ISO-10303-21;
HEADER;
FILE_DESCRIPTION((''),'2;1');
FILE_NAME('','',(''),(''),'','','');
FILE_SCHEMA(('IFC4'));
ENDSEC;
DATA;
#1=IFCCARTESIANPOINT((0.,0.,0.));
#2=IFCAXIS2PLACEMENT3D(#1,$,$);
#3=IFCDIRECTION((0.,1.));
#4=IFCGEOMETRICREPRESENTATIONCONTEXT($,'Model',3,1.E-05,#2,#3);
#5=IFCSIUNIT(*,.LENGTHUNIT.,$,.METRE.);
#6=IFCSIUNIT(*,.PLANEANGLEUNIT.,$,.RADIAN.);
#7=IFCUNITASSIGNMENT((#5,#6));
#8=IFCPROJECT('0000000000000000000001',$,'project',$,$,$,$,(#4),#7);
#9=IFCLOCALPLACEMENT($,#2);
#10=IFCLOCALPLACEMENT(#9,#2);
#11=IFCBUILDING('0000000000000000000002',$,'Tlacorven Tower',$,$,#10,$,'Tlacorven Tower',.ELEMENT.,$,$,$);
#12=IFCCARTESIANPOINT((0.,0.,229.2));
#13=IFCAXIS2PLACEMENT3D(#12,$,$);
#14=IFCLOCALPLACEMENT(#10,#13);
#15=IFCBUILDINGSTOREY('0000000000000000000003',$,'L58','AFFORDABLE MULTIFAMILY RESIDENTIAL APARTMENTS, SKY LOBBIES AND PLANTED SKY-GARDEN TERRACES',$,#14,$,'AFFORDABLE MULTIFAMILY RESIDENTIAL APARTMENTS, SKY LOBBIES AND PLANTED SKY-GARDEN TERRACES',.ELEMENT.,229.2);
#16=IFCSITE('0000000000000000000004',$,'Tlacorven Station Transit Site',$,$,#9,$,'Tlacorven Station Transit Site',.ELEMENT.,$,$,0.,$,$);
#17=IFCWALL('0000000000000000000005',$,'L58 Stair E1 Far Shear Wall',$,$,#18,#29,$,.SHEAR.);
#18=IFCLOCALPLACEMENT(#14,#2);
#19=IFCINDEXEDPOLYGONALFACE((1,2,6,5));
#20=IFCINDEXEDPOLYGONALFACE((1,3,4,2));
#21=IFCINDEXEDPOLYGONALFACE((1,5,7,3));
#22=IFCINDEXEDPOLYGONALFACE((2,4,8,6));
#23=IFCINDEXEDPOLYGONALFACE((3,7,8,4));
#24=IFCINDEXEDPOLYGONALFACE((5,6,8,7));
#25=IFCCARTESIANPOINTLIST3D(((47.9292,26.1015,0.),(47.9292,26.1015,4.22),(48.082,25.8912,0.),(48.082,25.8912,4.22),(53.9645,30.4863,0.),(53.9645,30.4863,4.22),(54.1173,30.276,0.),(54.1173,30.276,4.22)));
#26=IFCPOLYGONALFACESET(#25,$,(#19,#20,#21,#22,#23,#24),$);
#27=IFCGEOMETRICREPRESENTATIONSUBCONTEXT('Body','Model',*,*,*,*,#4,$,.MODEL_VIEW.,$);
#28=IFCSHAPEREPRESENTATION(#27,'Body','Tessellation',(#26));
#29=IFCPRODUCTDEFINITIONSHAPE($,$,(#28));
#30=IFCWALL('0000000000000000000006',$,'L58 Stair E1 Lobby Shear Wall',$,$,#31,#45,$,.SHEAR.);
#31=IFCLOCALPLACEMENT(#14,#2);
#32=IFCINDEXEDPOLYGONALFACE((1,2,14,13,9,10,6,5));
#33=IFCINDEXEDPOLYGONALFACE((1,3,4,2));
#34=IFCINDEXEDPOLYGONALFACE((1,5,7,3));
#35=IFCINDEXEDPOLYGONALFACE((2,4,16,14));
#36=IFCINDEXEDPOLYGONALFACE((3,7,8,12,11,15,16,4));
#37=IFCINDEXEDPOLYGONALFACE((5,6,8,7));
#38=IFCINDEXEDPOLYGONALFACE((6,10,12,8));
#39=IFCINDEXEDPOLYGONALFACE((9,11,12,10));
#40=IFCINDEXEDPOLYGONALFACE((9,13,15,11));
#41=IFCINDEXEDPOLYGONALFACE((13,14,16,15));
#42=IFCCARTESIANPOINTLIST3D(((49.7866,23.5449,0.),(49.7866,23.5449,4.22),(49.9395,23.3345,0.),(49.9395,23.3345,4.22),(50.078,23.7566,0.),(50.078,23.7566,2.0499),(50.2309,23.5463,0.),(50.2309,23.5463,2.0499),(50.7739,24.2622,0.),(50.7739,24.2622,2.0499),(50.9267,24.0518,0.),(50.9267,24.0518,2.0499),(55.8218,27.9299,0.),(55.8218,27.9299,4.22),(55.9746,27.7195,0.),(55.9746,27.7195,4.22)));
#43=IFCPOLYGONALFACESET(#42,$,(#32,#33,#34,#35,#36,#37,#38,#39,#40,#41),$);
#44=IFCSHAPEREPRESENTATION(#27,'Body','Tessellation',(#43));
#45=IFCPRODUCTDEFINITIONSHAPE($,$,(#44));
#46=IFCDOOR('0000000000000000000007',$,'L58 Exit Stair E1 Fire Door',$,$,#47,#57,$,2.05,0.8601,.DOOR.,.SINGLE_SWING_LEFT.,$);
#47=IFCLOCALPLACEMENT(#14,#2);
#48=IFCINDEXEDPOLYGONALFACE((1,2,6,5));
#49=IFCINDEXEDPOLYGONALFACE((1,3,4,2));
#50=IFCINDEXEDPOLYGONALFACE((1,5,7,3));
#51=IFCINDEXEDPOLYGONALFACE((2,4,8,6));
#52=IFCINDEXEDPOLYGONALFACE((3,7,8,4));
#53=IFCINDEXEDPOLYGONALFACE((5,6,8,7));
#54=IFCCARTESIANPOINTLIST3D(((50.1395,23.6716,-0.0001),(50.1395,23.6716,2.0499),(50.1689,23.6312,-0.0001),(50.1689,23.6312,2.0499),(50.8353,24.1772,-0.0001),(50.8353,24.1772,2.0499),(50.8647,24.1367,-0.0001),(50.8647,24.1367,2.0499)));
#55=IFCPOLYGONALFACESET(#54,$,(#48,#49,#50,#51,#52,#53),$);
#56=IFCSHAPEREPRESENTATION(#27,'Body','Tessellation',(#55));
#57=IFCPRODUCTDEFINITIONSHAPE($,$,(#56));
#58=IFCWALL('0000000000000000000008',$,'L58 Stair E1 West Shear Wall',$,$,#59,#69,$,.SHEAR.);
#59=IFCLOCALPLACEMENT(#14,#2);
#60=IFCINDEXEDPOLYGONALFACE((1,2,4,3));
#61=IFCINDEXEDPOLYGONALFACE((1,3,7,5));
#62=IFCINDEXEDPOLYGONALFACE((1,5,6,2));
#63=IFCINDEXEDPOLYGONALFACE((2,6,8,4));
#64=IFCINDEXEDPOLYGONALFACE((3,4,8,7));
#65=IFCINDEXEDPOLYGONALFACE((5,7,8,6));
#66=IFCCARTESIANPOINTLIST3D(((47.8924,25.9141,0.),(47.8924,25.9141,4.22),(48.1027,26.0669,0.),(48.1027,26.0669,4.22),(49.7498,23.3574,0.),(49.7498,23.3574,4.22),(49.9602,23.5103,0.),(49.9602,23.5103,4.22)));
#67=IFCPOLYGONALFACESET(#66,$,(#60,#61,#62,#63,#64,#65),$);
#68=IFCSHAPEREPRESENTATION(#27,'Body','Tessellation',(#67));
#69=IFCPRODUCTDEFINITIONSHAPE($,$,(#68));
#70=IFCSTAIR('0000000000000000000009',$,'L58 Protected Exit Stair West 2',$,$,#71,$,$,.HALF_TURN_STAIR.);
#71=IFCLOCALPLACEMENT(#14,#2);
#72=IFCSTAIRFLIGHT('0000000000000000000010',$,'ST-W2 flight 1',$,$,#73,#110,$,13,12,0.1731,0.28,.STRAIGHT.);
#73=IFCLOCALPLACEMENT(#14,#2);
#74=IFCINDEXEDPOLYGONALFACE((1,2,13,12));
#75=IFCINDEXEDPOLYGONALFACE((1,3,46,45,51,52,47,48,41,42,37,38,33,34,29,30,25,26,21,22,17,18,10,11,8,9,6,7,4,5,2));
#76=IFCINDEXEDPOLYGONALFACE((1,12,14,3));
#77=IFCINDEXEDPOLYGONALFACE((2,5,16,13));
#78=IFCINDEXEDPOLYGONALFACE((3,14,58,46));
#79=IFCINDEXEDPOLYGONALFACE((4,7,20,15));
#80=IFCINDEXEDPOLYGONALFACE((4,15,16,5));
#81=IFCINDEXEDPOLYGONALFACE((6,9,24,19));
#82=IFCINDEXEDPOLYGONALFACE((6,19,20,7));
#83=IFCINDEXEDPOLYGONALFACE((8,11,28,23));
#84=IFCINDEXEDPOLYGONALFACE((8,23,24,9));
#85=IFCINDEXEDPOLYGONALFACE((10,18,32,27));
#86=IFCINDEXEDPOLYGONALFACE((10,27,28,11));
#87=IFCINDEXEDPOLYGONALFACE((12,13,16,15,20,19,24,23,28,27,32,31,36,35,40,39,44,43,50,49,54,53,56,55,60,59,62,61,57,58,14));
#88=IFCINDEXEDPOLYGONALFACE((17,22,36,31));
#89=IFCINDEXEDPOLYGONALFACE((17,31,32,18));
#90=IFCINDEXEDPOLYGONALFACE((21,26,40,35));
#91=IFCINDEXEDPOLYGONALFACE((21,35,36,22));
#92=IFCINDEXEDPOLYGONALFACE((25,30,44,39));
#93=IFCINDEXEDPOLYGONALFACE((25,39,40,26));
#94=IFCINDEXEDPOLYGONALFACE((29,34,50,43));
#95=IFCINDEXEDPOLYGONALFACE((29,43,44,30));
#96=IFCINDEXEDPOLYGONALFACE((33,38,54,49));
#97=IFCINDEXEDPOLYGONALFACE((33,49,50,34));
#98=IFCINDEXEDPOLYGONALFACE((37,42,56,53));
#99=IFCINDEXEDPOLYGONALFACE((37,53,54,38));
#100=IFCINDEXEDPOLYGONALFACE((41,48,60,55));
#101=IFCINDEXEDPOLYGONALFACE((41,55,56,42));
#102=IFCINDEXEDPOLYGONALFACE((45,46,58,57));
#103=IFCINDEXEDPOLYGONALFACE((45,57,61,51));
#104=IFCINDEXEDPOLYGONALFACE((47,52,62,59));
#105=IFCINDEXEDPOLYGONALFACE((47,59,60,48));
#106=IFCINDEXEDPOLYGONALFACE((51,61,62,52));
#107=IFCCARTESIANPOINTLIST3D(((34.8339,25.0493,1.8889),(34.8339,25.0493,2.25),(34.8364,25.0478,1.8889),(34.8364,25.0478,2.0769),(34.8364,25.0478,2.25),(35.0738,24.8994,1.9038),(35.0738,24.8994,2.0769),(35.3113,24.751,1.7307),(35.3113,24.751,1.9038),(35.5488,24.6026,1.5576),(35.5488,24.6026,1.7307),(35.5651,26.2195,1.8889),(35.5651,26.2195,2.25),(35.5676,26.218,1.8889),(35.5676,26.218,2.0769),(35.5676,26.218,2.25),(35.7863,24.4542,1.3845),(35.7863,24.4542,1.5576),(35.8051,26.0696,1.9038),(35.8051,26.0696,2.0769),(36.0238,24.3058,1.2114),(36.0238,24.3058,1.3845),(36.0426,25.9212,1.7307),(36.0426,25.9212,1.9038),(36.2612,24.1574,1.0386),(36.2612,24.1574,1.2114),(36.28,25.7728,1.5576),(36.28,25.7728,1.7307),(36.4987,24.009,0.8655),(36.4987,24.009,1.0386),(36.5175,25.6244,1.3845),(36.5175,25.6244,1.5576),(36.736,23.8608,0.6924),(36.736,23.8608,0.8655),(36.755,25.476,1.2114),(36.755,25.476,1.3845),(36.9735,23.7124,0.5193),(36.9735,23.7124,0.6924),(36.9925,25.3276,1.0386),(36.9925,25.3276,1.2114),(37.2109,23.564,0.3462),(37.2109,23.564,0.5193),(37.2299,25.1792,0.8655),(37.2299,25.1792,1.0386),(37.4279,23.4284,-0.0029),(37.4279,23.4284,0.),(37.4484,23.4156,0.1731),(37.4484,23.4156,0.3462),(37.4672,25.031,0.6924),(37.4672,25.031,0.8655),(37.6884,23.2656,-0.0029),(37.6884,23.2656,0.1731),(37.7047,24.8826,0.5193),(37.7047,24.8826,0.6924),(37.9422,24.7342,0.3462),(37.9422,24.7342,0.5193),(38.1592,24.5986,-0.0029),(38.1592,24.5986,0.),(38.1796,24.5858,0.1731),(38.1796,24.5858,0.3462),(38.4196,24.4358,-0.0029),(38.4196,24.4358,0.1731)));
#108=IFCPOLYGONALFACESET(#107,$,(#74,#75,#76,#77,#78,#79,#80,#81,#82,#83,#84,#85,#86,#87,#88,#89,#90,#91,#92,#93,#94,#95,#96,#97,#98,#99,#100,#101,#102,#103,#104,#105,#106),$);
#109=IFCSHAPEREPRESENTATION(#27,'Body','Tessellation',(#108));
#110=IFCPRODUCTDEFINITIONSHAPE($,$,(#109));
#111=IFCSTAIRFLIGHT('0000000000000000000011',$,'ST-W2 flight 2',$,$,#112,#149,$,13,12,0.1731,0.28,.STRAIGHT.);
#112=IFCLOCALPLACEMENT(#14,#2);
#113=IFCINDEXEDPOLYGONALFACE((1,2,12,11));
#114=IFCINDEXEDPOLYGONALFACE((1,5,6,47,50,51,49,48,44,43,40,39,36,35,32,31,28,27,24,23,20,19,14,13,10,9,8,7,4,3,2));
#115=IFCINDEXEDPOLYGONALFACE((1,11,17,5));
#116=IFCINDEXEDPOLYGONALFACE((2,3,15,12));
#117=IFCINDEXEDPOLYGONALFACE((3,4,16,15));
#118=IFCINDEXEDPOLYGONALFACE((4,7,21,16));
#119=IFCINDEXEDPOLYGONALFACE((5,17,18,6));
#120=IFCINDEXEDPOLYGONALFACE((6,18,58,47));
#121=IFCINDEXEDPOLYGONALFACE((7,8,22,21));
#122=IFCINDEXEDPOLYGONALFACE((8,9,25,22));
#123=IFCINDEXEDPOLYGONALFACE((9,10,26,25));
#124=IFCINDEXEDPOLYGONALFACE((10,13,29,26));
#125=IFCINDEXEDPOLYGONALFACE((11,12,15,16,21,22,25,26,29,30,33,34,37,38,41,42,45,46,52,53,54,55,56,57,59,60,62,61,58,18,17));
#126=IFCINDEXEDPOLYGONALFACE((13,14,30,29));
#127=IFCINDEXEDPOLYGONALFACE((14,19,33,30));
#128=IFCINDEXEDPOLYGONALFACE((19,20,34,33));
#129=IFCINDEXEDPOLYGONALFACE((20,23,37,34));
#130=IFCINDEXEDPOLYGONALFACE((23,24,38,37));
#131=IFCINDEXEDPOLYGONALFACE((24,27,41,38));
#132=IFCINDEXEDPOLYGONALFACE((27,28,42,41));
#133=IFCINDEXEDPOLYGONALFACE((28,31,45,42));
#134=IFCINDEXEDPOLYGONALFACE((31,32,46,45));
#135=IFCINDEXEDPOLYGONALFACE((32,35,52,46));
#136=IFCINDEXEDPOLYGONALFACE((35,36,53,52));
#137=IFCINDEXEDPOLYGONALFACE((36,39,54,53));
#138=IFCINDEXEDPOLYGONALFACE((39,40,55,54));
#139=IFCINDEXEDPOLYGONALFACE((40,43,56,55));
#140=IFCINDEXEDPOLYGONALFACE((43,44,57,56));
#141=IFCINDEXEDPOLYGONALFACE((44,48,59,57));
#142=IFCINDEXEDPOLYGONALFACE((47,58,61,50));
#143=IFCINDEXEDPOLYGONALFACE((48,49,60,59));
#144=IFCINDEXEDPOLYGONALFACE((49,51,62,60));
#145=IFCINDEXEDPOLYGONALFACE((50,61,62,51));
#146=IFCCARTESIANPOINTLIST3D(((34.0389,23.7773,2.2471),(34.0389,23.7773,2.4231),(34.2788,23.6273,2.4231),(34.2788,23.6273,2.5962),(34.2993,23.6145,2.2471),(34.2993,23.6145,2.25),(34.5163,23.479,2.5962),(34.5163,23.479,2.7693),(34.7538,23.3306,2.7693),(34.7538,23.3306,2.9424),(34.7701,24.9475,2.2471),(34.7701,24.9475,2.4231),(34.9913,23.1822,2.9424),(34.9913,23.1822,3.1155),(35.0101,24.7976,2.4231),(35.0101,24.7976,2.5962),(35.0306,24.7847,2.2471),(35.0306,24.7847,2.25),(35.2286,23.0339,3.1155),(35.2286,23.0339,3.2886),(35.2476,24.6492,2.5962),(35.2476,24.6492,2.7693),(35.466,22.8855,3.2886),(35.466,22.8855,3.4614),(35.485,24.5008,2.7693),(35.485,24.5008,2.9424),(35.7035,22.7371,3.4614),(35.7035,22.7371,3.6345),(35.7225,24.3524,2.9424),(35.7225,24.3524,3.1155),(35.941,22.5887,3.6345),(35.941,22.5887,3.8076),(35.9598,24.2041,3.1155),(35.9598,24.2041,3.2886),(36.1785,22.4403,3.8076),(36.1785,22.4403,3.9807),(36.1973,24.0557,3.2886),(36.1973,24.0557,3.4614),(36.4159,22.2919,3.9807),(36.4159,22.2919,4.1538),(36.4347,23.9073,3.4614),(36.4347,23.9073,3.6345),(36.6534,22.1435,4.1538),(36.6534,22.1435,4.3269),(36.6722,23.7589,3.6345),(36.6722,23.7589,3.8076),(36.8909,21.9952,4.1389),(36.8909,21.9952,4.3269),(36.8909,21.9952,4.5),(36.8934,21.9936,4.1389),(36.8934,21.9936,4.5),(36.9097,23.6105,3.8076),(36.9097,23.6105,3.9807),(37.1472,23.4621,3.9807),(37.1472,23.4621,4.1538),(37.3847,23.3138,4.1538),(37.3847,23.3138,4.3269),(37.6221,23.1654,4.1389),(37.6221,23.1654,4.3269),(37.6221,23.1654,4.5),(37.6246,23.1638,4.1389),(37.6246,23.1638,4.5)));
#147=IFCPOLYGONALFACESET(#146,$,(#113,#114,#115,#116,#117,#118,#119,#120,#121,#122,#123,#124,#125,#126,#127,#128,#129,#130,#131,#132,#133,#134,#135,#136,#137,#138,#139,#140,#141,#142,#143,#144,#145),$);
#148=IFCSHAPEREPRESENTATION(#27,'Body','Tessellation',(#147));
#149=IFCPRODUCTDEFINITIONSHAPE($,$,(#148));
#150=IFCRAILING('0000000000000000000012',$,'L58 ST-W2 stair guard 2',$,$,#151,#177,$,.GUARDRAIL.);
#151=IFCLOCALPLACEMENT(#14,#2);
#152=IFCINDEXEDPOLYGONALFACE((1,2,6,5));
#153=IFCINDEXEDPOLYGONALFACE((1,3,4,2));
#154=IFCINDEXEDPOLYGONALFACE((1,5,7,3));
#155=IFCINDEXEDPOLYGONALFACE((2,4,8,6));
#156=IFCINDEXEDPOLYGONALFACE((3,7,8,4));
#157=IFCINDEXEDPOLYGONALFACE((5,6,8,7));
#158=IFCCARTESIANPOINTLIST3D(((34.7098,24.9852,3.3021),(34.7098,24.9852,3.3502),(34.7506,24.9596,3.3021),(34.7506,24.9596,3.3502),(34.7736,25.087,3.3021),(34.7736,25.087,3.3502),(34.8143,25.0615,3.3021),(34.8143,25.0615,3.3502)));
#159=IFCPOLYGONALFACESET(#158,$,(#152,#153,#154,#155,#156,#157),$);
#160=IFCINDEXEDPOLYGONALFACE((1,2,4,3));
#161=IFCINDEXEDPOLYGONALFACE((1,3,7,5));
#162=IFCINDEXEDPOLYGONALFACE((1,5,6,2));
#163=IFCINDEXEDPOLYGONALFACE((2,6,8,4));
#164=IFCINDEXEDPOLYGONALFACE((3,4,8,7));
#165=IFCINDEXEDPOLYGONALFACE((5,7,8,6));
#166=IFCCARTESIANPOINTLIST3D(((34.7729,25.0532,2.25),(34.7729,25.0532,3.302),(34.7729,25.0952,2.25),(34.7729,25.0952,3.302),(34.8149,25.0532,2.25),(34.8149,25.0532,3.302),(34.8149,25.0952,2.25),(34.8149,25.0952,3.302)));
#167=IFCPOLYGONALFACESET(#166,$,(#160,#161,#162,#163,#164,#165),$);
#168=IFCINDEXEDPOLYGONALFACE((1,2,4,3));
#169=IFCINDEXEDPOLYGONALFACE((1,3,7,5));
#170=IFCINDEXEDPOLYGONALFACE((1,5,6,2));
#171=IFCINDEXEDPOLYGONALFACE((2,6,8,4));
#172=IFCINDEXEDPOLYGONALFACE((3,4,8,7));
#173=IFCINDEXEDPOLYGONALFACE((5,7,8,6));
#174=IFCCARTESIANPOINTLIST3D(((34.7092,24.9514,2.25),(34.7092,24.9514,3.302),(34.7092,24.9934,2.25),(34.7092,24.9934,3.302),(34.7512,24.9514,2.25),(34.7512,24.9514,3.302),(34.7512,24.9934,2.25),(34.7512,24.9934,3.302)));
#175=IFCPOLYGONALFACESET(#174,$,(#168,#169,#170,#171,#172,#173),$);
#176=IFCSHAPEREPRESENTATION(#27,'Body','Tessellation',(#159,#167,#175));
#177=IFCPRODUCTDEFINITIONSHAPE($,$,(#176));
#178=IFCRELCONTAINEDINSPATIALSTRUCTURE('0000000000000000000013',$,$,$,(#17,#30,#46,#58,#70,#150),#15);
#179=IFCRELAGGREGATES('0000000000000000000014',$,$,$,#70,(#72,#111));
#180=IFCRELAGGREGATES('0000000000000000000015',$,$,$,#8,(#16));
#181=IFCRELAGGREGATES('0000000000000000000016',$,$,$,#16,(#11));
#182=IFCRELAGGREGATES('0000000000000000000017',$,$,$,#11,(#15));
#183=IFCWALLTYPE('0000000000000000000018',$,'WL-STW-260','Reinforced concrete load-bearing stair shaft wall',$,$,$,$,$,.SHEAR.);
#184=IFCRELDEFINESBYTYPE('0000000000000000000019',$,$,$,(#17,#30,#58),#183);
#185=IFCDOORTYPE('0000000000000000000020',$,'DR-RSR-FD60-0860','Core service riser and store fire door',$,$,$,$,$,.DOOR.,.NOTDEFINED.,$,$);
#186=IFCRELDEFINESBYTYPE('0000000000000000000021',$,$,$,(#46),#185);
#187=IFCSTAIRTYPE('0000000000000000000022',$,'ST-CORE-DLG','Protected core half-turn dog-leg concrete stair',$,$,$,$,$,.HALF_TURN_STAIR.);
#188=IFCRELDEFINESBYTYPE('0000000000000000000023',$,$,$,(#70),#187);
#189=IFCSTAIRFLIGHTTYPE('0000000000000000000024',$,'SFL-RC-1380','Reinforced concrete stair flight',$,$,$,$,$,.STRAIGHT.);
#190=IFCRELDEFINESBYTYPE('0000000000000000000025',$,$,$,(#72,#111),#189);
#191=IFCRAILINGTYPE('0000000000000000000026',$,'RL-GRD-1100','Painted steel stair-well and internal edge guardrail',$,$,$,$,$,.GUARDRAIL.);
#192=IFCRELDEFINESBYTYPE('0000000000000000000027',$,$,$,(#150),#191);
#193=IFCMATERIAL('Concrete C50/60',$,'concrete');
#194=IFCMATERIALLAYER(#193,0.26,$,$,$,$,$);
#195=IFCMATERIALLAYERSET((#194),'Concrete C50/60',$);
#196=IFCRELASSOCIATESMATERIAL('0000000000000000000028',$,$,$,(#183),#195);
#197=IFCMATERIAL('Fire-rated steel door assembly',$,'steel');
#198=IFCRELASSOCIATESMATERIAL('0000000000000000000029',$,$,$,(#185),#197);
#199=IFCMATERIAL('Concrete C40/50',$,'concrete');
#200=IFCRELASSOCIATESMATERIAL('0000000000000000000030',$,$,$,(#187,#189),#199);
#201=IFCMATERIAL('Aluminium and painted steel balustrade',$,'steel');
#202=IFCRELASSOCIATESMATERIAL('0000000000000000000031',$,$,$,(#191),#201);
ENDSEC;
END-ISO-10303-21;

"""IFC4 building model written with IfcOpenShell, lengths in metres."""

from ifc_helpers import new_model, si_unit, direction, frame, frame_2d, origin, origin_2d, place, context, subcontext, project, spatial, polyline, rectangle, outline, extrude, source, transform, mapped, material, layer, layer_set, type_object, element, fill, aggregate, save


model = new_model("IFC4")

# Units and contexts
model_context = context("Model", 3, precision=1e-05, world=origin(), true_north=direction((0.0, 1.0)))
body_context = subcontext(model_context, "Body", "Model", "MODEL_VIEW")
ifc_project = project(units=[si_unit("LENGTHUNIT", "METRE"), si_unit("PLANEANGLEUNIT", "RADIAN")], contexts=[model_context])

# Site, building, storey
site_placement = place(None, origin())
site = spatial("IfcSite", under=ifc_project, at=site_placement, Name="Tlacorven Station Transit Site", LongName="Tlacorven Station Transit Site", CompositionType="ELEMENT", RefElevation=0.0)
building_placement = place(site_placement, origin())
building = spatial("IfcBuilding", under=site, at=building_placement, Name="Tlacorven Tower", LongName="Tlacorven Tower", CompositionType="ELEMENT")
storey_placement = place(building_placement, frame((0.0, 0.0, 229.2)))
storey = spatial("IfcBuildingStorey", under=building, at=storey_placement, Name="L58", Description="AFFORDABLE MULTIFAMILY RESIDENTIAL APARTMENTS, SKY LOBBIES AND PLANTED SKY-GARDEN TERRACES", LongName="AFFORDABLE MULTIFAMILY RESIDENTIAL APARTMENTS, SKY LOBBIES AND PLANTED SKY-GARDEN TERRACES", CompositionType="ELEMENT", Elevation=229.2)

# Wall
ifc_material_1 = material(Name="Concrete C50/60", Category="concrete")
ifc_material_2 = material(Name="Concrete C40/50", Category="concrete")
ifc_layer_1 = layer(ifc_material_1, 0.26)
ifc_layer_set_1 = layer_set([ifc_layer_1], Name="Concrete C50/60")
wall_type_1 = type_object("IfcWallType", Name="WL-STW-260", Description="Reinforced concrete load-bearing stair shaft wall", PredefinedType="SHEAR", material=ifc_layer_set_1)
wall_1_placement = place(storey_placement, frame((48.0056, 25.9963, 0.0), z_axis=(0.0, 0.0, 1.0), x_axis=(0.809019, 0.587782, 0.0)))
element("IfcWall", 1, at=wall_1_placement, inside=storey, type_object=wall_type_1, Name="L58 Stair E1 Far Shear Wall", PredefinedType="SHEAR", context=body_context, shape_type="SweptSolid", body=[
    extrude(rectangle(XDim=7.46, YDim=0.26, at=frame_2d((3.73, 0.0))), origin(), (0.0, 0.0, 1.0), 4.22),
])

# Wall, opening, door
wall_2_placement = place(storey_placement, frame((49.863, 23.4397, 0.0), z_axis=(0.0, 0.0, 1.0), x_axis=(0.809003, 0.587804, 0.0)))
wall_2 = element("IfcWall", 2, at=wall_2_placement, inside=storey, type_object=wall_type_1, Name="L58 Stair E1 Lobby Shear Wall", PredefinedType="SHEAR", context=body_context, shape_type="SweptSolid", body=[
    extrude(rectangle(XDim=7.46, YDim=0.26, at=frame_2d((3.73, 0.0))), origin(), (0.0, 0.0, 1.0), 4.22),
])
opening_placement = place(wall_2_placement, frame((0.3601, 0.0, 0.0)))
opening = element("IfcOpeningElement", 3, at=opening_placement, cuts=wall_2, PredefinedType="OPENING", context=body_context, shape_type="SweptSolid", body=[
    extrude(rectangle(XDim=0.8601, YDim=2.05, at=frame_2d((0.4302, 1.0249))), frame((0.0, 0.1401, 0.0), z_axis=(0.0, -1.0, 0.0), x_axis=(1.0, 0.0, 0.0)), (0.0, 0.0, 1.0), 0.28),
])
ifc_material_3 = material(Name="Fire-rated steel door assembly", Category="steel")
door_type = type_object("IfcDoorType", Name="DR-RSR-FD60-0860", Description="Core service riser and store fire door", OperationType="NOTDEFINED", PredefinedType="DOOR", material=ifc_material_3)
shared_shape_1 = source(origin(), body_context, "Body", "SweptSolid", [
    extrude(rectangle(XDim=0.8601, YDim=2.05, at=frame_2d((0.4302, 1.0249))), frame((0.0, 0.0249, 0.0), z_axis=(0.0, -1.0, 0.0), x_axis=(1.0, 0.0, 0.0)), (0.0, 0.0, 1.0), 0.05),
])
door_placement = place(opening_placement, frame((0.8601, 0.0, 0.0), z_axis=(0.0, 0.0, 1.0), x_axis=(-1.0, 0.0, 0.0)))
door = element("IfcDoor", 4, at=door_placement, inside=storey, type_object=door_type, Name="L58 Exit Stair E1 Fire Door", OperationType="SINGLE_SWING_LEFT", OverallHeight=2.05, OverallWidth=0.8601, PredefinedType="DOOR", context=body_context, shape_type="MappedRepresentation", body=[
    mapped(shared_shape_1, transform((0.0, 0.0, 0.0), scale=1.0)),
])
fill(opening, door)

# Wall
wall_3_placement = place(storey_placement, frame((49.855, 23.4338, 0.0), z_axis=(0.0, 0.0, 1.0), x_axis=(-0.587767, 0.80903, 0.0)))
element("IfcWall", 5, at=wall_3_placement, inside=storey, type_object=wall_type_1, Name="L58 Stair E1 West Shear Wall", PredefinedType="SHEAR", context=body_context, shape_type="SweptSolid", body=[
    extrude(rectangle(XDim=3.1602, YDim=0.26, at=frame_2d((1.5801, 0.0))), origin(), (0.0, 0.0, 1.0), 4.22),
])

# Stair, stair flights
stair_type = type_object("IfcStairType", Name="ST-CORE-DLG", Description="Protected core half-turn dog-leg concrete stair", PredefinedType="HALF_TURN_STAIR", material=ifc_material_2)
stair_placement = place(storey_placement, origin())
stair = element("IfcStair", 6, at=stair_placement, inside=storey, type_object=stair_type, Name="L58 Protected Exit Stair West 2", PredefinedType="HALF_TURN_STAIR")
stair_flight_type = type_object("IfcStairFlightType", Name="SFL-RC-1380", Description="Reinforced concrete stair flight", PredefinedType="STRAIGHT", material=ifc_material_2)
shared_shape_2 = source(origin(), body_context, "Body", "SweptSolid", [
    extrude(outline(polyline([(-0.0029, -0.0029), (-0.0029, 0.1731), (0.28, 0.1731), (0.28, 0.3462), (0.5601, 0.3462), (0.5601, 0.5193), (0.8401, 0.5193), (0.8401, 0.6924), (1.1201, 0.6924), (1.1201, 0.8655), (1.3999, 0.8655), (1.3999, 1.0386), (1.6799, 1.0386), (1.6799, 1.2114), (1.96, 1.2114), (1.96, 1.3845), (2.24, 1.3845), (2.24, 1.5576), (2.52, 1.5576), (2.52, 1.7307), (2.8, 1.7307), (2.8, 1.9038), (3.0801, 1.9038), (3.0801, 2.0769), (3.3601, 2.0769), (3.3601, 2.25), (3.363, 2.25), (3.363, 1.8889), (3.3601, 1.8889), (0.3042, 0.0), (0.3042, -0.0029), (-0.0029, -0.0029)])), frame((0.0, 0.6899, 0.0), z_axis=(0.0, -1.0, 0.0), x_axis=(1.0, 0.0, 0.0)), (0.0, 0.0, 1.0), 1.3799),
])
stair_flight_1_placement = place(storey_placement, frame((38.0515, 23.8523, 0.0), z_axis=(0.0, 0.0, 1.0), x_axis=(-0.848048, 0.529919, 0.0)))
stair_flight_1 = element("IfcStairFlight", 7, at=stair_flight_1_placement, type_object=stair_flight_type, Name="ST-W2 flight 1", NumberOfRisers=13, NumberOfTreads=12, PredefinedType="STRAIGHT", RiserHeight=0.1731, TreadLength=0.28, context=body_context, shape_type="MappedRepresentation", body=[
    mapped(shared_shape_2, transform((0.0, 0.0, 0.0), scale=1.0)),
])
stair_flight_2_placement = place(storey_placement, frame((34.407, 24.3608, 2.25), z_axis=(0.0, 0.0, 1.0), x_axis=(0.848048, -0.529919, 0.0)))
stair_flight_2 = element("IfcStairFlight", 8, at=stair_flight_2_placement, type_object=stair_flight_type, Name="ST-W2 flight 2", NumberOfRisers=13, NumberOfTreads=12, PredefinedType="STRAIGHT", RiserHeight=0.1731, TreadLength=0.28, context=body_context, shape_type="MappedRepresentation", body=[
    mapped(shared_shape_2, transform((0.0, 0.0, 0.0), scale=1.0)),
])
aggregate(stair, [stair_flight_1, stair_flight_2])

# Railing
ifc_material_4 = material(Name="Aluminium and painted steel balustrade", Category="steel")
railing_type_1 = type_object("IfcRailingType", Name="RL-GRD-1100", Description="Painted steel stair-well and internal edge guardrail", PredefinedType="GUARDRAIL", material=ifc_material_4)
shared_shape_3 = source(origin(), body_context, "Body", "SweptSolid", [
    extrude(rectangle(XDim=0.0481, YDim=0.0481, at=origin_2d()), frame((0.0, 0.0, 1.0762), z_axis=(-0.530547, -0.847656, 0.0), x_axis=(0.847656, -0.530547, 0.0)), (0.0, 0.0, 1.0), 0.1201),
    extrude(rectangle(XDim=0.042, YDim=0.042, at=origin_2d()), origin(), (0.0, 0.0, 1.0), 1.052),
    extrude(rectangle(XDim=0.042, YDim=0.042, at=origin_2d()), frame((-0.0637, -0.1018, 0.0)), (0.0, 0.0, 1.0), 1.052),
])
for number, where, name in (
    (9, (34.7939, 25.0742, 2.25), "L58 ST-W2 stair guard 2"),
):
    element("IfcRailing", number, at=place(storey_placement, frame(where)), inside=storey, type_object=railing_type_1, Name=name, PredefinedType="GUARDRAIL", context=body_context, shape_type="MappedRepresentation", body=[
        mapped(shared_shape_3, transform((0.0, 0.0, 0.0), scale=1.0)),
    ])

save(model, "model.ifc")
